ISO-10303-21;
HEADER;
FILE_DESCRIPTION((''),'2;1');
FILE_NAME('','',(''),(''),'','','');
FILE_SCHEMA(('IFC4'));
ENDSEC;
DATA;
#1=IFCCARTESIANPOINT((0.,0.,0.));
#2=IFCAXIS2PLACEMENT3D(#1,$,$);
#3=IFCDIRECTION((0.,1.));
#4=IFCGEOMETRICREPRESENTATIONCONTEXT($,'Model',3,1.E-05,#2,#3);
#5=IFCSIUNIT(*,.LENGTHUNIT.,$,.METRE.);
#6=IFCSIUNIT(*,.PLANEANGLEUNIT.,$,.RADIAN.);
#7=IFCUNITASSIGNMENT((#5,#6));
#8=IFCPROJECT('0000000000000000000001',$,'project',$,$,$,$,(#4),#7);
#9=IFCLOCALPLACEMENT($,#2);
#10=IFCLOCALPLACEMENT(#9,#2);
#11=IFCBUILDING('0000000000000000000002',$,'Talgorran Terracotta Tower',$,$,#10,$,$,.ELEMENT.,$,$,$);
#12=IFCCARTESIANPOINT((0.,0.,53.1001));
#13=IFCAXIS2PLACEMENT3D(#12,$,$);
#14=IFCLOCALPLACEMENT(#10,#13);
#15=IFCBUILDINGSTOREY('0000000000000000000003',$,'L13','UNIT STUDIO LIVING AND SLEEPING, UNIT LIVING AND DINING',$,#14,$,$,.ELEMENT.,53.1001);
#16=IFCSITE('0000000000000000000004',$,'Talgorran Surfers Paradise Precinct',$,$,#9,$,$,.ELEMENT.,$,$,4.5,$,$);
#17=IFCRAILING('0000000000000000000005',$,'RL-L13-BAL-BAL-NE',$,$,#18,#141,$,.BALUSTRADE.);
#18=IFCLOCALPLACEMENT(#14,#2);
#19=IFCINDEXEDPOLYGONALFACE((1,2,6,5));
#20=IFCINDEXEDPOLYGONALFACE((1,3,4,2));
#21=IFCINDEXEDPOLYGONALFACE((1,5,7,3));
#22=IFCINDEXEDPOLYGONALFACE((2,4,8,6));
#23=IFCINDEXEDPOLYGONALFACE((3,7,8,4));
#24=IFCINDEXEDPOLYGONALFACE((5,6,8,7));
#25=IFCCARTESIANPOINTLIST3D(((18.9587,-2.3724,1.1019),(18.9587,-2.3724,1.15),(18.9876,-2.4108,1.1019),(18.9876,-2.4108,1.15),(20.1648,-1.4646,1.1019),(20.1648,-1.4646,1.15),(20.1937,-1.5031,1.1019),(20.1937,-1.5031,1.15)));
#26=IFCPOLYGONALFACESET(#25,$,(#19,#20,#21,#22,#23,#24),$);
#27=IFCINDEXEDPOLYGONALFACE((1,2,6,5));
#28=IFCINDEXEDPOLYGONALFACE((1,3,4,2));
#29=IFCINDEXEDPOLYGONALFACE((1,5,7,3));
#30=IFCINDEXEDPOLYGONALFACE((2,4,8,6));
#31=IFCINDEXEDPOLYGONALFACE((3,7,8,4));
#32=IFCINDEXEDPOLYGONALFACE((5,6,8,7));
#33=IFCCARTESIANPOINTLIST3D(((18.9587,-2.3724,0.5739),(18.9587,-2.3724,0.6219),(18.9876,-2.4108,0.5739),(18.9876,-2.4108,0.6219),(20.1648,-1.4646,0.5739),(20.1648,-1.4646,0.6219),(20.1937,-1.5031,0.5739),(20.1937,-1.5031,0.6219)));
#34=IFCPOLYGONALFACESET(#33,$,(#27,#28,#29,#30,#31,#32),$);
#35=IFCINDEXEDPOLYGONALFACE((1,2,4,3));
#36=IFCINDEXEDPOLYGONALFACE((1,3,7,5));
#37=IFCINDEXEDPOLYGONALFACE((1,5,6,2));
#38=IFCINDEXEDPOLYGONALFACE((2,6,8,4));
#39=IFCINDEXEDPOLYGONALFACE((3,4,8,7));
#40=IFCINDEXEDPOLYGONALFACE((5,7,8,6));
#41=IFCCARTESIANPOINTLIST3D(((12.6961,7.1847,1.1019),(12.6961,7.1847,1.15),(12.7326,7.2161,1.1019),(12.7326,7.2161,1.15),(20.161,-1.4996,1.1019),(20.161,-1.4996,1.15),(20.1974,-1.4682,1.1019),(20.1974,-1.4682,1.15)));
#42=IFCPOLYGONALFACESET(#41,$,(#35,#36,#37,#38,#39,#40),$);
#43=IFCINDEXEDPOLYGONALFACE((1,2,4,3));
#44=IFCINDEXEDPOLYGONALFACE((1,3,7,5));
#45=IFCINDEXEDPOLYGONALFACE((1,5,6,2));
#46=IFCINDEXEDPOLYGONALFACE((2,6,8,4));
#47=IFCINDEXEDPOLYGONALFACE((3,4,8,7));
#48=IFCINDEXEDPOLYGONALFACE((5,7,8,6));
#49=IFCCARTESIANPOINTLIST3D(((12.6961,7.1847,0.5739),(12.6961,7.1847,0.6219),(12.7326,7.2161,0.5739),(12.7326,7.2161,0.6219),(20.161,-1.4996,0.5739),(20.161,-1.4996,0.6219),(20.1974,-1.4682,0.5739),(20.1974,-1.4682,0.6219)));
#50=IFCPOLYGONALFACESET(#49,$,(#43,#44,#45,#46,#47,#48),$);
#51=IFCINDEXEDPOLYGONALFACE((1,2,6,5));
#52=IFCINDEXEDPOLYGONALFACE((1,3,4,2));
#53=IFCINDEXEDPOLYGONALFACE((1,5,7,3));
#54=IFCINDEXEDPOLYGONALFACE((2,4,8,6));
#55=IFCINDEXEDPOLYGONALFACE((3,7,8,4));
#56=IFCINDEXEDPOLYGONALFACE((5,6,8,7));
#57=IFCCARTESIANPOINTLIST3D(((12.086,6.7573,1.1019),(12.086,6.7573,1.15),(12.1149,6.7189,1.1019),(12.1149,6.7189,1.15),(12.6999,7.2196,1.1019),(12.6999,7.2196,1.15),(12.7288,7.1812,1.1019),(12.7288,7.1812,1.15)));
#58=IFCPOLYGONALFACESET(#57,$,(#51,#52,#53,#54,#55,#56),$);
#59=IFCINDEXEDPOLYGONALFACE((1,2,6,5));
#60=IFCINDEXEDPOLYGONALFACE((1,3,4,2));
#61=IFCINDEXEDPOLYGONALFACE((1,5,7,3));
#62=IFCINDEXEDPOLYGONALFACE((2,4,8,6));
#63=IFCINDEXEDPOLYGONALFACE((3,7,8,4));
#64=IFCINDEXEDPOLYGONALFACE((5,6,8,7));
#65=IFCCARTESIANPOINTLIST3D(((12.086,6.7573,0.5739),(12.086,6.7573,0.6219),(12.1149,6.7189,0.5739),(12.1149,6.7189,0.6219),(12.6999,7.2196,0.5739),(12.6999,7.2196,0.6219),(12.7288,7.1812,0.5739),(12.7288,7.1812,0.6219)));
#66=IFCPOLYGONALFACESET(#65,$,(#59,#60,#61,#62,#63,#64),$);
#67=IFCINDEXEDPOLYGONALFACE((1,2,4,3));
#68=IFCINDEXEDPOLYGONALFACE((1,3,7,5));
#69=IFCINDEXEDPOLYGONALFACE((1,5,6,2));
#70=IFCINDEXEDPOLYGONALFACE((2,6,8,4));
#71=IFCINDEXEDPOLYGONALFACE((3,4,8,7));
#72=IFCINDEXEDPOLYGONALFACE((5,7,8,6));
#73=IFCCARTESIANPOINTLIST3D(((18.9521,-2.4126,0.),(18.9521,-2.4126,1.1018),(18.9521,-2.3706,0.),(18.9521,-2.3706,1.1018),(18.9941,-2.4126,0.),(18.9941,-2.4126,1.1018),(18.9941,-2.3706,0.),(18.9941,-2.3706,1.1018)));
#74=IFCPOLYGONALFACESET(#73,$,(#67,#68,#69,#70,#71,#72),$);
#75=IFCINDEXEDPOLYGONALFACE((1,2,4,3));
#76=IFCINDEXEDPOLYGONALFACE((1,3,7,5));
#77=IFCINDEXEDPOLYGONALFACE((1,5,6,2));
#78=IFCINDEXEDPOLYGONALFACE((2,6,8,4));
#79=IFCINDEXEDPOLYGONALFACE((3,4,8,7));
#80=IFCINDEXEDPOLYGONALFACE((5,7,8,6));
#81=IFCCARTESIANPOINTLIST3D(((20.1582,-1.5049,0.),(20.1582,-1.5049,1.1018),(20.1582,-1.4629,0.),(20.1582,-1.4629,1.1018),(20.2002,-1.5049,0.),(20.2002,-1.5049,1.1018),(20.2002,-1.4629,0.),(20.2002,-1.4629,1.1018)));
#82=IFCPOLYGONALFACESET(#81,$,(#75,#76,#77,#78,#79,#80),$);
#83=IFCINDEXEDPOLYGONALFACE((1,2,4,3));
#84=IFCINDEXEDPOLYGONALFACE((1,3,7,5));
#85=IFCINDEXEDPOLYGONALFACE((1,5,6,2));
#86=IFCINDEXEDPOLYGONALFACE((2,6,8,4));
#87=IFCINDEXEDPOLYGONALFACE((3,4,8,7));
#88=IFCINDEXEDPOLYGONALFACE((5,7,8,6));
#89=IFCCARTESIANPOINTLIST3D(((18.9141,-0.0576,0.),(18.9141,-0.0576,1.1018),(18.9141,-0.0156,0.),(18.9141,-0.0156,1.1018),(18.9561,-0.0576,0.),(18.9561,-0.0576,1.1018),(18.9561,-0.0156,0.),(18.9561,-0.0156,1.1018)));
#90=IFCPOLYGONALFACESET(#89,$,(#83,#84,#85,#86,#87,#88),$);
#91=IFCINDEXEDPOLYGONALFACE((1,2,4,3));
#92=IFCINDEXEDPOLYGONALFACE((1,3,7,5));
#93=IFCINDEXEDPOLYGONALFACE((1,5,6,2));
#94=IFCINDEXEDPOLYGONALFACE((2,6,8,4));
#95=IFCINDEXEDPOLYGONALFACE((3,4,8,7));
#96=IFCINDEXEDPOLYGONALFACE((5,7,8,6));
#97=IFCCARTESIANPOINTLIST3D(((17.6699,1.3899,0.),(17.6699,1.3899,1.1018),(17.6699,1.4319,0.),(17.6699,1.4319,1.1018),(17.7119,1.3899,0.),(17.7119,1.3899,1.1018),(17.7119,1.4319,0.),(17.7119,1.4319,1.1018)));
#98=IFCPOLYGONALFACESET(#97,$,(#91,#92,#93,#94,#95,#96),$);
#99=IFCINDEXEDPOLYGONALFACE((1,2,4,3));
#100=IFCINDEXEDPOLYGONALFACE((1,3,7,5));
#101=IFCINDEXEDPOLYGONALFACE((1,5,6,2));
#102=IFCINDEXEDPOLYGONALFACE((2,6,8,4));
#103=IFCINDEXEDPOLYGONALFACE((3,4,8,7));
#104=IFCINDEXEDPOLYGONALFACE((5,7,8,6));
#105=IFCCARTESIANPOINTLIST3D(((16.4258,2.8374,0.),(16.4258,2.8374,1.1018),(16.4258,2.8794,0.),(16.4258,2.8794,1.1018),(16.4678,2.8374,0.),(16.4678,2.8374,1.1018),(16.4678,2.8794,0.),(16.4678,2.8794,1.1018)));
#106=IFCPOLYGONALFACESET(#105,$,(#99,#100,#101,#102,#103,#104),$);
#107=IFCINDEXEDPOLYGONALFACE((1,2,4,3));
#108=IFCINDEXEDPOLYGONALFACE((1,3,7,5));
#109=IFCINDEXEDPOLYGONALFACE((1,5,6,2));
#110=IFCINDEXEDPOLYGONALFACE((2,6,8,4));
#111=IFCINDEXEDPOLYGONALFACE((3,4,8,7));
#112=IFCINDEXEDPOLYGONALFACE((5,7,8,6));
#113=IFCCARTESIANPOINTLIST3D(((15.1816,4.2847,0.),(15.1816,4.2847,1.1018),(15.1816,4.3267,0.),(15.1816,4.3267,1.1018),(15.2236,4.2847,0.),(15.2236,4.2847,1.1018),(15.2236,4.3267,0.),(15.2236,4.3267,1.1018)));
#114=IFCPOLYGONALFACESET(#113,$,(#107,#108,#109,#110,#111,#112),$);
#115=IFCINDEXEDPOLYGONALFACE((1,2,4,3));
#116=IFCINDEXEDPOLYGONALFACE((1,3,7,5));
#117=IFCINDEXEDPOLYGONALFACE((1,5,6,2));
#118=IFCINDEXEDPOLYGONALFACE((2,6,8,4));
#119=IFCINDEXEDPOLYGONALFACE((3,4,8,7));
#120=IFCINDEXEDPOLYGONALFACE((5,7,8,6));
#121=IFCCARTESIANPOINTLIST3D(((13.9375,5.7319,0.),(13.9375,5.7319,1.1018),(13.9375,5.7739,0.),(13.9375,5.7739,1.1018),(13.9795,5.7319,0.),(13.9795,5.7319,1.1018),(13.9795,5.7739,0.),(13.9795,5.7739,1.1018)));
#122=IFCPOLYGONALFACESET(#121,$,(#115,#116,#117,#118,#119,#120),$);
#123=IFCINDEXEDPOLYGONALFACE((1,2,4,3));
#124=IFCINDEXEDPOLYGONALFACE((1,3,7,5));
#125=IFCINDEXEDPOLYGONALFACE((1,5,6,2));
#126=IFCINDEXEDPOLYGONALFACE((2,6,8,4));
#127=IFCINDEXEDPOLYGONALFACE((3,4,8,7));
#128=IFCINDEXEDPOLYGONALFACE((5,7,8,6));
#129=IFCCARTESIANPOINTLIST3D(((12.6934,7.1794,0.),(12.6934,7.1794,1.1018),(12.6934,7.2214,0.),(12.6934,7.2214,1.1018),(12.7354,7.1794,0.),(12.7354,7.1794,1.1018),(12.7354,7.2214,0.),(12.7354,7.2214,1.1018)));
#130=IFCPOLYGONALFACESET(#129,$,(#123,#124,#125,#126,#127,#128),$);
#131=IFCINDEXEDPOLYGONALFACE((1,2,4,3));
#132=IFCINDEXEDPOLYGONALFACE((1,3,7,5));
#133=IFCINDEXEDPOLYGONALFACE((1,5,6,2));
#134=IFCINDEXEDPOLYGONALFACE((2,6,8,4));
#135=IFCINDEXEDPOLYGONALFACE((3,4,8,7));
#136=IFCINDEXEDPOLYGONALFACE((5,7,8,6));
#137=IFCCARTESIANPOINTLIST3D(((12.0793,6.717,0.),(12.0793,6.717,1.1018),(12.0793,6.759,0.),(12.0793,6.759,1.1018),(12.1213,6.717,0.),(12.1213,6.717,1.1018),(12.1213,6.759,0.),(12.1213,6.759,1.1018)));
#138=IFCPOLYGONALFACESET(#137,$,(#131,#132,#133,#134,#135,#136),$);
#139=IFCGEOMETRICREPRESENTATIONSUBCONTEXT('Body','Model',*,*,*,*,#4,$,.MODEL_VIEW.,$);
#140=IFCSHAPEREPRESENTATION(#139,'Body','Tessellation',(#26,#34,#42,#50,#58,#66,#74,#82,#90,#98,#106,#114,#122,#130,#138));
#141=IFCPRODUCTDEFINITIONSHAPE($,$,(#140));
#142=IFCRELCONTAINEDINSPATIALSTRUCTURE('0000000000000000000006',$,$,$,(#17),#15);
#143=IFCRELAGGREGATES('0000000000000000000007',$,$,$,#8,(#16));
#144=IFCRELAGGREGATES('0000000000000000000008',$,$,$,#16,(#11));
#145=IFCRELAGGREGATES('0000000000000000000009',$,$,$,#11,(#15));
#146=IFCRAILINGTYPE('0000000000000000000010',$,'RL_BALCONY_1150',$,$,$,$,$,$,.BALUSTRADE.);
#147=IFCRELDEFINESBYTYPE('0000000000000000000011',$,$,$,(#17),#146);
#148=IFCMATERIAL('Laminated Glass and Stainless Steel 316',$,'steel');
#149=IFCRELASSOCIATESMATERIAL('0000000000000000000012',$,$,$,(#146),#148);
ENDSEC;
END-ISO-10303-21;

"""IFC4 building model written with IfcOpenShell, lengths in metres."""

from ifc_helpers import new_model, si_unit, direction, frame, origin, origin_2d, place, context, subcontext, project, spatial, rectangle, extrude, material, type_object, element, save


model = new_model("IFC4")

# Units and contexts
model_context = context("Model", 3, precision=1e-05, world=origin(), true_north=direction((0.0, 1.0)))
body_context = subcontext(model_context, "Body", "Model", "MODEL_VIEW")
ifc_project = project(units=[si_unit("LENGTHUNIT", "METRE"), si_unit("PLANEANGLEUNIT", "RADIAN")], contexts=[model_context])

# Site, building, storey
site_placement = place(None, origin())
site = spatial("IfcSite", under=ifc_project, at=site_placement, Name="Talgorran Surfers Paradise Precinct", CompositionType="ELEMENT", RefElevation=4.5)
building_placement = place(site_placement, origin())
building = spatial("IfcBuilding", under=site, at=building_placement, Name="Talgorran Terracotta Tower", CompositionType="ELEMENT")
storey_placement = place(building_placement, frame((0.0, 0.0, 53.1001)))
storey = spatial("IfcBuildingStorey", under=building, at=storey_placement, Name="L13", Description="UNIT STUDIO LIVING AND SLEEPING, UNIT LIVING AND DINING", CompositionType="ELEMENT", Elevation=53.1001)

# Railing
ifc_material_1 = material(Name="Laminated Glass and Stainless Steel 316", Category="steel")
railing_type = type_object("IfcRailingType", Name="RL_BALCONY_1150", PredefinedType="BALUSTRADE", material=ifc_material_1)
railing_placement = place(storey_placement, frame((18.9731, -2.3916, 0.0)))
element("IfcRailing", 1, at=railing_placement, inside=storey, type_object=railing_type, Name="RL-L13-BAL-BAL-NE", PredefinedType="BALUSTRADE", context=body_context, shape_type="SweptSolid", body=[
    extrude(rectangle(XDim=0.0481, YDim=0.0481, at=origin_2d()), frame((0.0, 0.0, 1.126), z_axis=(0.79899, 0.601345, 0.0), x_axis=(-0.601345, 0.79899, 0.0)), (0.0, 0.0, 1.0), 1.5095),
    extrude(rectangle(XDim=0.0481, YDim=0.0481, at=origin_2d()), frame((0.0, 0.0, 0.5979), z_axis=(0.79899, 0.601345, 0.0), x_axis=(-0.601345, 0.79899, 0.0)), (0.0, 0.0, 1.0), 1.5095),
    extrude(rectangle(XDim=0.0481, YDim=0.0481, at=origin_2d()), frame((1.2061, 0.9077, 1.126), z_axis=(-0.651855, 0.758344, 0.0), x_axis=(-0.758344, -0.651855, 0.0)), (0.0, 0.0, 1.0), 11.4517),
    extrude(rectangle(XDim=0.0481, YDim=0.0481, at=origin_2d()), frame((1.2061, 0.9077, 0.5979), z_axis=(-0.651855, 0.758344, 0.0), x_axis=(-0.758344, -0.651855, 0.0)), (0.0, 0.0, 1.0), 11.4517),
    extrude(rectangle(XDim=0.0481, YDim=0.0481, at=origin_2d()), frame((-6.2588, 9.592, 1.126), z_axis=(-0.798817, -0.601574, 0.0), x_axis=(0.601574, -0.798817, 0.0)), (0.0, 0.0, 1.0), 0.7686),
    extrude(rectangle(XDim=0.0481, YDim=0.0481, at=origin_2d()), frame((-6.2588, 9.592, 0.5979), z_axis=(-0.798817, -0.601574, 0.0), x_axis=(0.601574, -0.798817, 0.0)), (0.0, 0.0, 1.0), 0.7686),
    extrude(rectangle(XDim=0.042, YDim=0.042, at=origin_2d()), origin(), (0.0, 0.0, 1.0), 1.1018),
    extrude(rectangle(XDim=0.042, YDim=0.042, at=origin_2d()), frame((1.2061, 0.9077, 0.0)), (0.0, 0.0, 1.0), 1.1018),
    extrude(rectangle(XDim=0.042, YDim=0.042, at=origin_2d()), frame((-0.0381, 2.355, 0.0)), (0.0, 0.0, 1.0), 1.1018),
    extrude(rectangle(XDim=0.042, YDim=0.042, at=origin_2d()), frame((-1.2822, 3.8025, 0.0)), (0.0, 0.0, 1.0), 1.1018),
    extrude(rectangle(XDim=0.042, YDim=0.042, at=origin_2d()), frame((-2.5264, 5.25, 0.0)), (0.0, 0.0, 1.0), 1.1018),
    extrude(rectangle(XDim=0.042, YDim=0.042, at=origin_2d()), frame((-3.7705, 6.6973, 0.0)), (0.0, 0.0, 1.0), 1.1018),
    extrude(rectangle(XDim=0.042, YDim=0.042, at=origin_2d()), frame((-5.0146, 8.1445, 0.0)), (0.0, 0.0, 1.0), 1.1018),
    extrude(rectangle(XDim=0.042, YDim=0.042, at=origin_2d()), frame((-6.2588, 9.592, 0.0)), (0.0, 0.0, 1.0), 1.1018),
    extrude(rectangle(XDim=0.042, YDim=0.042, at=origin_2d()), frame((-6.8728, 9.1296, 0.0)), (0.0, 0.0, 1.0), 1.1018),
])

save(model, "model.ifc")
